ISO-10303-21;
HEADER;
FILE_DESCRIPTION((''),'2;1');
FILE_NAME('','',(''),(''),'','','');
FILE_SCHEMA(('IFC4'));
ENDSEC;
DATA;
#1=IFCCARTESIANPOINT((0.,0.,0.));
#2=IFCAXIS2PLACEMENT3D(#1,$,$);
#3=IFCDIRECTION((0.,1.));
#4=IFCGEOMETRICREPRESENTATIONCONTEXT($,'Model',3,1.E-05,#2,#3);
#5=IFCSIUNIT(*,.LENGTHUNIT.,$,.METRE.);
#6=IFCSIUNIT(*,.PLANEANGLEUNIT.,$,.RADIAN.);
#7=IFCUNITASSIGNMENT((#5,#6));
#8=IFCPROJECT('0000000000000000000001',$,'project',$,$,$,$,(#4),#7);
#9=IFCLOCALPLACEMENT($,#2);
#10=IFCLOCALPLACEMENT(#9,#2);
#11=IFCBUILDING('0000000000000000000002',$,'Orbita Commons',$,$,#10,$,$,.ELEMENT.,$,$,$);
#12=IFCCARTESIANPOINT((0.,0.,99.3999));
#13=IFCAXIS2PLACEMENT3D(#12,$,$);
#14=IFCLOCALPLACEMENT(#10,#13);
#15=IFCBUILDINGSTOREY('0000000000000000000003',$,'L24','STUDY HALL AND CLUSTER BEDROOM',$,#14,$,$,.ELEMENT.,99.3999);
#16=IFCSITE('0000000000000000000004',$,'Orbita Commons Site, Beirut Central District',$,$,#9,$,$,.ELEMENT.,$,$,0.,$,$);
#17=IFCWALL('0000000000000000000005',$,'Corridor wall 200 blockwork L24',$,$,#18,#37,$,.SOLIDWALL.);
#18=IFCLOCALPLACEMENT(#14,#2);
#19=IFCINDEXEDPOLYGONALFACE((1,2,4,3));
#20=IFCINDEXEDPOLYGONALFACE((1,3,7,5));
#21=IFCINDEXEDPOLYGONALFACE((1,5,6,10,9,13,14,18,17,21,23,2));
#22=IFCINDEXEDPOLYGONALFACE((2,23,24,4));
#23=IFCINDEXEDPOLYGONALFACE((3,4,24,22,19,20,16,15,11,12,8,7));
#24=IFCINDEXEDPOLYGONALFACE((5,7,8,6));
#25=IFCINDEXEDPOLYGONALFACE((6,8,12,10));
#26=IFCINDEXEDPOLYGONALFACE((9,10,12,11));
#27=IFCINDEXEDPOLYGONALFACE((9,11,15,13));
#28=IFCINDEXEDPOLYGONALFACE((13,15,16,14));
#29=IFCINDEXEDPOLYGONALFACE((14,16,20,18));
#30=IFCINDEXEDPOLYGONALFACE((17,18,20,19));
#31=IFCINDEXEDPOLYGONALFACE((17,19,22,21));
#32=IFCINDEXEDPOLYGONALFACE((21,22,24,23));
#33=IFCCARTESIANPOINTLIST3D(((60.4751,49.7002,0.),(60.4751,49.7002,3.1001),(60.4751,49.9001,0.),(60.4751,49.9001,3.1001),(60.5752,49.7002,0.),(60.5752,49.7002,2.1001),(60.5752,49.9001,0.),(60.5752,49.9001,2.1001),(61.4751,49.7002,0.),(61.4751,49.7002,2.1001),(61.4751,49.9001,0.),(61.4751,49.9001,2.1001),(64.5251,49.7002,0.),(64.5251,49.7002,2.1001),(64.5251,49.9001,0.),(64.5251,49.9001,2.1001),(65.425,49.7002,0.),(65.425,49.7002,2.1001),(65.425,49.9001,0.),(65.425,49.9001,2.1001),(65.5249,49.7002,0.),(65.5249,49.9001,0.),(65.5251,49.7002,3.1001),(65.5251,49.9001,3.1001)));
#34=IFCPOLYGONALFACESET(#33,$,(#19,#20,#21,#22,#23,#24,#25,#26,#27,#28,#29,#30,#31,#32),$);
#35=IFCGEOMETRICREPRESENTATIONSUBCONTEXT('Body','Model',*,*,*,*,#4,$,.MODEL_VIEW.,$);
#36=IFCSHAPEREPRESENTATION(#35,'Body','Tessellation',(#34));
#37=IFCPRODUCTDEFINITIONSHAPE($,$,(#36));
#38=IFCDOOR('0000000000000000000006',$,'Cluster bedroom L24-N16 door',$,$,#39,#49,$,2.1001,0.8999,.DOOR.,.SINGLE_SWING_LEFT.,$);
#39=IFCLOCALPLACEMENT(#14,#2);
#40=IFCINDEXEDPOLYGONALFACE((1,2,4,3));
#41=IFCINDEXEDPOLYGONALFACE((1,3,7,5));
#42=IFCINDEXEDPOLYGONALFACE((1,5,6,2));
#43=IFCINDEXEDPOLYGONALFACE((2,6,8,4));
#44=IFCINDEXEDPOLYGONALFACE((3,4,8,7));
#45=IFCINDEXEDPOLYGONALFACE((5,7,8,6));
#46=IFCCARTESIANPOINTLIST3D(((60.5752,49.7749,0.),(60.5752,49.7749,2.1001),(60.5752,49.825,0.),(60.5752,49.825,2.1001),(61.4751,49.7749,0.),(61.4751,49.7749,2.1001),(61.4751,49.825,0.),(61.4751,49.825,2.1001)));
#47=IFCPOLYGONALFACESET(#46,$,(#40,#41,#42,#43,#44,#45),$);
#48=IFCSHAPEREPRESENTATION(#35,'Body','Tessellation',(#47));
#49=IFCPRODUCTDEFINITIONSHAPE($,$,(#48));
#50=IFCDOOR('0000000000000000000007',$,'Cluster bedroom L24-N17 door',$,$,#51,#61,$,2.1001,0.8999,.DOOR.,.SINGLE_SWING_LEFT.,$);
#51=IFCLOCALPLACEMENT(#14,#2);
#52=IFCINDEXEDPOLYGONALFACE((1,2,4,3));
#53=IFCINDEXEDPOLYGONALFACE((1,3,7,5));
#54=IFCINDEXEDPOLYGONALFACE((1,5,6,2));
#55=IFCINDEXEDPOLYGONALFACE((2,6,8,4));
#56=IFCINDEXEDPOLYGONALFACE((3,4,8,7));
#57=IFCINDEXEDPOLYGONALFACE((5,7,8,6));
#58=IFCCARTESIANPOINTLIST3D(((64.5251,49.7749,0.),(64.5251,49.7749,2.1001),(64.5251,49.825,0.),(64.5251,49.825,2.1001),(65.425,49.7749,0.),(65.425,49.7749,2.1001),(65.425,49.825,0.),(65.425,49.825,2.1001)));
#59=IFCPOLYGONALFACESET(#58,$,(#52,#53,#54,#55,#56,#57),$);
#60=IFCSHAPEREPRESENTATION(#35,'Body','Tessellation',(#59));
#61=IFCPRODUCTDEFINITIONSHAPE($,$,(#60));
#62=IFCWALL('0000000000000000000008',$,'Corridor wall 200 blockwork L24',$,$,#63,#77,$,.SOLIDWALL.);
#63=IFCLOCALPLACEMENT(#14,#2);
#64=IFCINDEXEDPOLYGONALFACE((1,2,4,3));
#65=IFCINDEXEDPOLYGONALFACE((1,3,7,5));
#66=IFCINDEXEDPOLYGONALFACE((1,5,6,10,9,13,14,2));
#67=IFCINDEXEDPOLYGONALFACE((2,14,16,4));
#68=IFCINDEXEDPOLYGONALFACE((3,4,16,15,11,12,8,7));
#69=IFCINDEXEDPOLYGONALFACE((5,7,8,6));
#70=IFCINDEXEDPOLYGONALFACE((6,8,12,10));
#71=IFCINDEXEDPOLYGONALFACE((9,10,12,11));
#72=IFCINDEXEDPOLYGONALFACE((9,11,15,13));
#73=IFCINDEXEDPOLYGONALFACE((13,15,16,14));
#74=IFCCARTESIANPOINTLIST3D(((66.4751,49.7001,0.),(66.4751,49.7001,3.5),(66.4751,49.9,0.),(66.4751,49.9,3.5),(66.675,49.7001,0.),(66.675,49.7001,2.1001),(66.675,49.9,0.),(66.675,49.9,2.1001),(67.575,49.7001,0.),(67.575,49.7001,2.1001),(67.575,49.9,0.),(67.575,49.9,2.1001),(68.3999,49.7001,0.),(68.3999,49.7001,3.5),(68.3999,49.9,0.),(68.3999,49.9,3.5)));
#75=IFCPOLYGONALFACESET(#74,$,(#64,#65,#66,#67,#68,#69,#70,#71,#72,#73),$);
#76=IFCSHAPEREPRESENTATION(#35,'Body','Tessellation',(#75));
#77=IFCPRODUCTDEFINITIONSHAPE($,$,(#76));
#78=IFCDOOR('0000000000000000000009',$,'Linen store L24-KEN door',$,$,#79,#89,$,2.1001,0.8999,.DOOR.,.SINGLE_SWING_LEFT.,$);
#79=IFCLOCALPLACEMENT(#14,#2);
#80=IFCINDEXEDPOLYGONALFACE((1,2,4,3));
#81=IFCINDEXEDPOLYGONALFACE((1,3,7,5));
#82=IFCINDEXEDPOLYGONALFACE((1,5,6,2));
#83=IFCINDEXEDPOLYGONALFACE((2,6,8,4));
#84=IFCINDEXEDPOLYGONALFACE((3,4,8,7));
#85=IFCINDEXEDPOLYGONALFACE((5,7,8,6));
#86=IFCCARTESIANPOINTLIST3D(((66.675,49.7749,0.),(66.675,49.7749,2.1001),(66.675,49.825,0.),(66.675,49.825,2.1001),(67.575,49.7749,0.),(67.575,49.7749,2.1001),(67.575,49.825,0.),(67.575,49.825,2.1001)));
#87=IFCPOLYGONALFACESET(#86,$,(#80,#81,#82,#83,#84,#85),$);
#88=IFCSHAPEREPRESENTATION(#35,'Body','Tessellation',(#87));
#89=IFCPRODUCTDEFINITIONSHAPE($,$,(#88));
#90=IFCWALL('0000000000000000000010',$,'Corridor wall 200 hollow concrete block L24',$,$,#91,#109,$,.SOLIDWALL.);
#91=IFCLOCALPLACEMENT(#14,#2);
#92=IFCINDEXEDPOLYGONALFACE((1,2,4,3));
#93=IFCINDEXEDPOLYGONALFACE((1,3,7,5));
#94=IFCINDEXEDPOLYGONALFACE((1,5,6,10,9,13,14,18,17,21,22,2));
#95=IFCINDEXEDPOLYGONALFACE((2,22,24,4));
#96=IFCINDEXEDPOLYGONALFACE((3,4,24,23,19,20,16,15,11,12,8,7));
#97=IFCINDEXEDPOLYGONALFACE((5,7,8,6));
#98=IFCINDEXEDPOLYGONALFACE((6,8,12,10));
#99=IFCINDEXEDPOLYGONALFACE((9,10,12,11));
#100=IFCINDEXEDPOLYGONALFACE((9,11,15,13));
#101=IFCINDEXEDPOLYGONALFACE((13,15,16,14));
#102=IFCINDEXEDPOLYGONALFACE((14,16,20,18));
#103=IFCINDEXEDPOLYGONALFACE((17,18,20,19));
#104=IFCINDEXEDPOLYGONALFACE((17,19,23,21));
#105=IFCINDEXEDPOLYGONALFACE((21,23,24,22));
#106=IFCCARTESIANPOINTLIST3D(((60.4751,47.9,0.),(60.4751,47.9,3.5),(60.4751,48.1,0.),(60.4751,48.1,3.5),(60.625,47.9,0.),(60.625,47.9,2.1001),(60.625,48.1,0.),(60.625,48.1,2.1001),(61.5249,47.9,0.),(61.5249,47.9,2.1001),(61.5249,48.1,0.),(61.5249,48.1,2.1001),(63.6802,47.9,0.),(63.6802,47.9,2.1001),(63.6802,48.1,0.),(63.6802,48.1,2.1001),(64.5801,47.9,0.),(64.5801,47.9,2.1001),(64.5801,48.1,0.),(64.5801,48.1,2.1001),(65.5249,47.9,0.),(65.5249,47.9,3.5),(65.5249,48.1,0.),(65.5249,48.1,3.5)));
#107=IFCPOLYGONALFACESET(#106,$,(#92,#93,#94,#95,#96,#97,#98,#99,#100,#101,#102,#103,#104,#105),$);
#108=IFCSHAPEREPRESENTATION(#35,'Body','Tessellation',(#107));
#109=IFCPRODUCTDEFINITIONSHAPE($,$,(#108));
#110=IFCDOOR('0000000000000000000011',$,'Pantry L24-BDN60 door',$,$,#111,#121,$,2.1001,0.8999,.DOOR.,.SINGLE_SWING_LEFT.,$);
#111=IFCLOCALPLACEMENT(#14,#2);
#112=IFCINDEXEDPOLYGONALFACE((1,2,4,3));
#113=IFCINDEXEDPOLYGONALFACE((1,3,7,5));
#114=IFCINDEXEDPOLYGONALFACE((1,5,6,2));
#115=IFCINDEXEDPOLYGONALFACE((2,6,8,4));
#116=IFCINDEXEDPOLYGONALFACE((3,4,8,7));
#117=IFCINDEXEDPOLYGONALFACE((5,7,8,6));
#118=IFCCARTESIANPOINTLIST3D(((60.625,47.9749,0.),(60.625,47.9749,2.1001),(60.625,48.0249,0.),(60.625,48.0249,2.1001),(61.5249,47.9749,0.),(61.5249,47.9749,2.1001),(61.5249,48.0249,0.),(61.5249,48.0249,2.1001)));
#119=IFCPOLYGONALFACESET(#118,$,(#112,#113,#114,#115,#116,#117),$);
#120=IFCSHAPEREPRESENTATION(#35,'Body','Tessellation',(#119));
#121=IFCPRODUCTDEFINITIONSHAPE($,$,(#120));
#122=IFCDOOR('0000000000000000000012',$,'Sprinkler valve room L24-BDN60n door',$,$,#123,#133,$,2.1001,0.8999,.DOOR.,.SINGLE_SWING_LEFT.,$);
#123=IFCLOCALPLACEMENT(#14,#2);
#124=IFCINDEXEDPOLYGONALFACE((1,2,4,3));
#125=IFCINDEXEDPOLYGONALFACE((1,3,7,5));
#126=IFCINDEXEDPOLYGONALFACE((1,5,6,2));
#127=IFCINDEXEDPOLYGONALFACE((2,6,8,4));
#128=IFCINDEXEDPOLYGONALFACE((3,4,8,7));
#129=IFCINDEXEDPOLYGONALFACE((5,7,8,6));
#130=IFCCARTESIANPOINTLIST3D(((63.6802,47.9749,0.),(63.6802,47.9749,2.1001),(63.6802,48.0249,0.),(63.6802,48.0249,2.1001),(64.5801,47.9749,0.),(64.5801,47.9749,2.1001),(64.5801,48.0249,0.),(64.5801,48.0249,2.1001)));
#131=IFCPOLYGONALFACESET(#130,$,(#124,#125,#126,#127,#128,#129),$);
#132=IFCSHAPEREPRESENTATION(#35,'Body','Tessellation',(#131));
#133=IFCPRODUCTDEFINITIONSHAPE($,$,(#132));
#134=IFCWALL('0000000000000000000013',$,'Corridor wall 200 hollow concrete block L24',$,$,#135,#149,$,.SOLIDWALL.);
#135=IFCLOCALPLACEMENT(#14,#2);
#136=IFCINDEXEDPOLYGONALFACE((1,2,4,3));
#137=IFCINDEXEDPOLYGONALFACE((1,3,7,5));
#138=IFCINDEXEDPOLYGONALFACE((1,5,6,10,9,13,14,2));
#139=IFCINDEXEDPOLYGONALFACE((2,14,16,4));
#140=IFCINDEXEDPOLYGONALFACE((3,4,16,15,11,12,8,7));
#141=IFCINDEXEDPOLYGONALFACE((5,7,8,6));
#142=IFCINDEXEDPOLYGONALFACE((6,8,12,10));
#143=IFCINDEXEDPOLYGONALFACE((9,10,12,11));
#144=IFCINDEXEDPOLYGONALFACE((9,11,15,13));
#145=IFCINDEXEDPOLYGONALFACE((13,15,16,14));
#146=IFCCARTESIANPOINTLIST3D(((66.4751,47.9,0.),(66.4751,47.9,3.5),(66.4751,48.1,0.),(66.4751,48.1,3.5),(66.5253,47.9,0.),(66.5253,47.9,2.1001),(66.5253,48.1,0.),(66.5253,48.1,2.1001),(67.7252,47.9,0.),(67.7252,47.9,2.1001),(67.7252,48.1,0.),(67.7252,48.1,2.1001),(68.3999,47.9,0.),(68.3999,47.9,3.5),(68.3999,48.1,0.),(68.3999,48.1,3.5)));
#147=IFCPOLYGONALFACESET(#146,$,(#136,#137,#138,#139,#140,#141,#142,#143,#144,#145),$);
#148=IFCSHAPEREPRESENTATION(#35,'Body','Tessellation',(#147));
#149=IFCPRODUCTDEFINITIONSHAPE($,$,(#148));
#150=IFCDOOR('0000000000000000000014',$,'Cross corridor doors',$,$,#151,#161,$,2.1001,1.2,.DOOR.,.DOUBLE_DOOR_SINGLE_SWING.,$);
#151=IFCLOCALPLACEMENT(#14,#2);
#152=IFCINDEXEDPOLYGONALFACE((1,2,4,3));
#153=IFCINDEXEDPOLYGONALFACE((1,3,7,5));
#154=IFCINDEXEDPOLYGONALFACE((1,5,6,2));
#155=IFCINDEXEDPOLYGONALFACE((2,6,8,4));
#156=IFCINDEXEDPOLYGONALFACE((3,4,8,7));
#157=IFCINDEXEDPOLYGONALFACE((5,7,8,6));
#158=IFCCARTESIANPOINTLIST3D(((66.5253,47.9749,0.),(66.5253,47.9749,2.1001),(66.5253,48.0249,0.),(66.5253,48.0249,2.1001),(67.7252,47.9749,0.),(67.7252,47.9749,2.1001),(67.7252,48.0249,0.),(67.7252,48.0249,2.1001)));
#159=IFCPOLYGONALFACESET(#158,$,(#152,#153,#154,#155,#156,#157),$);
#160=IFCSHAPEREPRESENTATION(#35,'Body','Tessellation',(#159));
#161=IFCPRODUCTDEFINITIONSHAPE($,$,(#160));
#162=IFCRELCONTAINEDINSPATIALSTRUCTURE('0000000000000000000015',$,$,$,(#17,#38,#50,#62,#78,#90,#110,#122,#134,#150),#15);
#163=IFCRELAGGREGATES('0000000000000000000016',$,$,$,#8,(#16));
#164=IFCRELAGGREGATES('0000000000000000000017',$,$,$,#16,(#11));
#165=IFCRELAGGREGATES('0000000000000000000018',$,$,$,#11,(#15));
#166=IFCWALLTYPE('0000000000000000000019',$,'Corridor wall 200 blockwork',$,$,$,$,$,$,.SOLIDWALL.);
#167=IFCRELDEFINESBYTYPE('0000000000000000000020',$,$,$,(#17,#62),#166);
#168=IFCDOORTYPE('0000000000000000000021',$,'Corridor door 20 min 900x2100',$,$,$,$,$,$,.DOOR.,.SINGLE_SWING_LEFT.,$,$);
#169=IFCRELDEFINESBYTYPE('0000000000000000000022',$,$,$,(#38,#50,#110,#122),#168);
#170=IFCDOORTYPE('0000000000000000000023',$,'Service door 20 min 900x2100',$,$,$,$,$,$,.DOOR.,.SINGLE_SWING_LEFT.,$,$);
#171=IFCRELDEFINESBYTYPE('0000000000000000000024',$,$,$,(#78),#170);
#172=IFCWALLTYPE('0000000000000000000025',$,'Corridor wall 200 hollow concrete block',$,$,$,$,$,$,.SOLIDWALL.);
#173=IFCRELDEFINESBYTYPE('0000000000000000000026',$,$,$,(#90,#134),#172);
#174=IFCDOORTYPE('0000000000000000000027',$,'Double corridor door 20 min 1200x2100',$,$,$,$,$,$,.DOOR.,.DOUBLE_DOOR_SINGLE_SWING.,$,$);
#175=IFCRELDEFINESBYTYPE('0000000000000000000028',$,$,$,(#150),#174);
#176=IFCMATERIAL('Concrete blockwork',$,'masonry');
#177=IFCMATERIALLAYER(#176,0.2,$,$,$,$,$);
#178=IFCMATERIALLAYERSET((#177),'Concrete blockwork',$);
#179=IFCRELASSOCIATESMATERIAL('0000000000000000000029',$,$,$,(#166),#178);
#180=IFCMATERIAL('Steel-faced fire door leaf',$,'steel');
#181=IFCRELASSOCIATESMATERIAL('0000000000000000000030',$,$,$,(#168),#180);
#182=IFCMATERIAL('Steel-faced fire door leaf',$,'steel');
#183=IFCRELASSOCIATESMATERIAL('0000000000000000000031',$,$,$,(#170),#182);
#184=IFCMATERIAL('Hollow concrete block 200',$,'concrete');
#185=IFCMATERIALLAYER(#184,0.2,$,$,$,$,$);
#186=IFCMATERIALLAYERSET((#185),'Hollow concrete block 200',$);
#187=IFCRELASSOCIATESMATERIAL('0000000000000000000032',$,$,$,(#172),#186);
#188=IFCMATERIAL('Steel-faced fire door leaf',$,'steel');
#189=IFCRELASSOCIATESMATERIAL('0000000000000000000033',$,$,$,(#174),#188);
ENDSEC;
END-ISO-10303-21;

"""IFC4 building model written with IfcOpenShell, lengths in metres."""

from ifc_helpers import new_model, si_unit, direction, frame, frame_2d, origin, place, context, subcontext, project, spatial, polyline, rectangle, outline, extrude, material, layer, layer_set, type_object, element, fill, save


model = new_model("IFC4")

# Units and contexts
model_context = context("Model", 3, precision=1e-05, world=origin(), true_north=direction((0.0, 1.0)))
body_context = subcontext(model_context, "Body", "Model", "MODEL_VIEW")
ifc_project = project(units=[si_unit("LENGTHUNIT", "METRE"), si_unit("PLANEANGLEUNIT", "RADIAN")], contexts=[model_context])

# Site, building, storey
site_placement = place(None, origin())
site = spatial("IfcSite", under=ifc_project, at=site_placement, Name="Orbita Commons Site, Beirut Central District", CompositionType="ELEMENT", RefElevation=0.0)
building_placement = place(site_placement, origin())
building = spatial("IfcBuilding", under=site, at=building_placement, Name="Orbita Commons", CompositionType="ELEMENT")
storey_placement = place(building_placement, frame((0.0, 0.0, 99.3999)))
storey = spatial("IfcBuildingStorey", under=building, at=storey_placement, Name="L24", Description="STUDY HALL AND CLUSTER BEDROOM", CompositionType="ELEMENT", Elevation=99.3999)

# Wall, openings, doors
ifc_material_1 = material(Name="Concrete blockwork", Category="masonry")
ifc_layer_1 = layer(ifc_material_1, 0.2)
ifc_layer_set_1 = layer_set([ifc_layer_1], Name="Concrete blockwork")
wall_type_1 = type_object("IfcWallType", Name="Corridor wall 200 blockwork", PredefinedType="SOLIDWALL", material=ifc_layer_set_1)
ifc_material_2 = material(Name="Steel-faced fire door leaf", Category="steel")
door_type_1 = type_object("IfcDoorType", Name="Corridor door 20 min 900x2100", OperationType="SINGLE_SWING_LEFT", PredefinedType="DOOR", material=ifc_material_2)
wall_1_placement = place(storey_placement, frame((60.4751, 49.8, 0.0), z_axis=(0.0, 0.0, 1.0), x_axis=(1.0, 0.0, 0.0)))
wall_1 = element("IfcWall", 1, at=wall_1_placement, inside=storey, type_object=wall_type_1, Name="Corridor wall 200 blockwork L24", PredefinedType="SOLIDWALL", context=body_context, shape_type="SweptSolid", body=[
    extrude(outline(polyline([(0.0, 0.0), (5.0498, 0.0), (5.05, 3.1001), (0.0, 3.1001), (0.0, 0.0)])), frame((0.0, 0.1001, 0.0), z_axis=(0.0, -1.0, 0.0), x_axis=(1.0, 0.0, 0.0)), (0.0, 0.0, 1.0), 0.2),
])
opening_1_placement = place(wall_1_placement, frame((0.1001, 0.0, 0.0)))
opening_1 = element("IfcOpeningElement", 2, at=opening_1_placement, cuts=wall_1, PredefinedType="OPENING", context=body_context, shape_type="SweptSolid", body=[
    extrude(rectangle(XDim=0.8999, YDim=2.1001, at=frame_2d((0.45, 1.05))), frame((0.0, 0.1099, 0.0), z_axis=(0.0, -1.0, 0.0), x_axis=(1.0, 0.0, 0.0)), (0.0, 0.0, 1.0), 0.22),
])
opening_2_placement = place(wall_1_placement, frame((4.05, 0.0, 0.0)))
opening_2 = element("IfcOpeningElement", 3, at=opening_2_placement, cuts=wall_1, PredefinedType="OPENING", context=body_context, shape_type="SweptSolid", body=[
    extrude(rectangle(XDim=0.8999, YDim=2.1001, at=frame_2d((0.45, 1.05))), frame((0.0, 0.1099, 0.0), z_axis=(0.0, -1.0, 0.0), x_axis=(1.0, 0.0, 0.0)), (0.0, 0.0, 1.0), 0.22),
])
door_1_placement = place(opening_1_placement, origin())
door_1 = element("IfcDoor", 4, at=door_1_placement, inside=storey, type_object=door_type_1, Name="Cluster bedroom L24-N16 door", OperationType="SINGLE_SWING_LEFT", OverallHeight=2.1001, OverallWidth=0.8999, PredefinedType="DOOR", context=body_context, shape_type="SweptSolid", body=[
    extrude(rectangle(XDim=0.8999, YDim=2.1001, at=frame_2d((0.45, 1.05))), frame((0.0, 0.0249, 0.0), z_axis=(0.0, -1.0, 0.0), x_axis=(1.0, 0.0, 0.0)), (0.0, 0.0, 1.0), 0.05),
])
fill(opening_1, door_1)
door_2_placement = place(opening_2_placement, origin())
door_2 = element("IfcDoor", 5, at=door_2_placement, inside=storey, type_object=door_type_1, Name="Cluster bedroom L24-N17 door", OperationType="SINGLE_SWING_LEFT", OverallHeight=2.1001, OverallWidth=0.8999, PredefinedType="DOOR", context=body_context, shape_type="SweptSolid", body=[
    extrude(rectangle(XDim=0.8999, YDim=2.1001, at=frame_2d((0.45, 1.05))), frame((0.0, 0.0249, 0.0), z_axis=(0.0, -1.0, 0.0), x_axis=(1.0, 0.0, 0.0)), (0.0, 0.0, 1.0), 0.05),
])
fill(opening_2, door_2)

# Wall, opening, door
wall_2_placement = place(storey_placement, frame((66.4751, 49.8, 0.0), z_axis=(0.0, 0.0, 1.0), x_axis=(1.0, 0.0, 0.0)))
wall_2 = element("IfcWall", 6, at=wall_2_placement, inside=storey, type_object=wall_type_1, Name="Corridor wall 200 blockwork L24", PredefinedType="SOLIDWALL", context=body_context, shape_type="SweptSolid", body=[
    extrude(rectangle(XDim=1.9248, YDim=0.2, at=frame_2d((0.9624, 0.0))), origin(), (0.0, 0.0, 1.0), 3.5),
])
opening_3_placement = place(wall_2_placement, frame((0.2, 0.0, 0.0)))
opening_3 = element("IfcOpeningElement", 7, at=opening_3_placement, cuts=wall_2, PredefinedType="OPENING", context=body_context, shape_type="SweptSolid", body=[
    extrude(rectangle(XDim=0.8999, YDim=2.1001, at=frame_2d((0.45, 1.05))), frame((0.0, 0.1099, 0.0), z_axis=(0.0, -1.0, 0.0), x_axis=(1.0, 0.0, 0.0)), (0.0, 0.0, 1.0), 0.22),
])
ifc_material_3 = material(Name="Steel-faced fire door leaf", Category="steel")
door_type_2 = type_object("IfcDoorType", Name="Service door 20 min 900x2100", OperationType="SINGLE_SWING_LEFT", PredefinedType="DOOR", material=ifc_material_3)
door_3_placement = place(opening_3_placement, origin())
door_3 = element("IfcDoor", 8, at=door_3_placement, inside=storey, type_object=door_type_2, Name="Linen store L24-KEN door", OperationType="SINGLE_SWING_LEFT", OverallHeight=2.1001, OverallWidth=0.8999, PredefinedType="DOOR", context=body_context, shape_type="SweptSolid", body=[
    extrude(rectangle(XDim=0.8999, YDim=2.1001, at=frame_2d((0.45, 1.05))), frame((0.0, 0.0249, 0.0), z_axis=(0.0, -1.0, 0.0), x_axis=(1.0, 0.0, 0.0)), (0.0, 0.0, 1.0), 0.05),
])
fill(opening_3, door_3)

# Wall, openings, doors
ifc_material_4 = material(Name="Hollow concrete block 200", Category="concrete")
ifc_layer_2 = layer(ifc_material_4, 0.2)
ifc_layer_set_2 = layer_set([ifc_layer_2], Name="Hollow concrete block 200")
wall_type_2 = type_object("IfcWallType", Name="Corridor wall 200 hollow concrete block", PredefinedType="SOLIDWALL", material=ifc_layer_set_2)
wall_3_placement = place(storey_placement, frame((60.4751, 48.0, 0.0), z_axis=(0.0, 0.0, 1.0), x_axis=(1.0, 0.0, 0.0)))
wall_3 = element("IfcWall", 9, at=wall_3_placement, inside=storey, type_object=wall_type_2, Name="Corridor wall 200 hollow concrete block L24", PredefinedType="SOLIDWALL", context=body_context, shape_type="SweptSolid", body=[
    extrude(rectangle(XDim=5.0498, YDim=0.2, at=frame_2d((2.5249, 0.0))), origin(), (0.0, 0.0, 1.0), 3.5),
])
opening_4_placement = place(wall_3_placement, frame((0.1499, 0.0, 0.0)))
opening_4 = element("IfcOpeningElement", 10, at=opening_4_placement, cuts=wall_3, PredefinedType="OPENING", context=body_context, shape_type="SweptSolid", body=[
    extrude(rectangle(XDim=0.8999, YDim=2.1001, at=frame_2d((0.45, 1.05))), frame((0.0, 0.1099, 0.0), z_axis=(0.0, -1.0, 0.0), x_axis=(1.0, 0.0, 0.0)), (0.0, 0.0, 1.0), 0.22),
])
opening_5_placement = place(wall_3_placement, frame((3.2051, 0.0, 0.0)))
opening_5 = element("IfcOpeningElement", 11, at=opening_5_placement, cuts=wall_3, PredefinedType="OPENING", context=body_context, shape_type="SweptSolid", body=[
    extrude(rectangle(XDim=0.8999, YDim=2.1001, at=frame_2d((0.45, 1.05))), frame((0.0, 0.1099, 0.0), z_axis=(0.0, -1.0, 0.0), x_axis=(1.0, 0.0, 0.0)), (0.0, 0.0, 1.0), 0.22),
])
door_4_placement = place(opening_4_placement, origin())
door_4 = element("IfcDoor", 12, at=door_4_placement, inside=storey, type_object=door_type_1, Name="Pantry L24-BDN60 door", OperationType="SINGLE_SWING_LEFT", OverallHeight=2.1001, OverallWidth=0.8999, PredefinedType="DOOR", context=body_context, shape_type="SweptSolid", body=[
    extrude(rectangle(XDim=0.8999, YDim=2.1001, at=frame_2d((0.45, 1.05))), frame((0.0, 0.0249, 0.0), z_axis=(0.0, -1.0, 0.0), x_axis=(1.0, 0.0, 0.0)), (0.0, 0.0, 1.0), 0.05),
])
fill(opening_4, door_4)
door_5_placement = place(opening_5_placement, origin())
door_5 = element("IfcDoor", 13, at=door_5_placement, inside=storey, type_object=door_type_1, Name="Sprinkler valve room L24-BDN60n door", OperationType="SINGLE_SWING_LEFT", OverallHeight=2.1001, OverallWidth=0.8999, PredefinedType="DOOR", context=body_context, shape_type="SweptSolid", body=[
    extrude(rectangle(XDim=0.8999, YDim=2.1001, at=frame_2d((0.45, 1.05))), frame((0.0, 0.0249, 0.0), z_axis=(0.0, -1.0, 0.0), x_axis=(1.0, 0.0, 0.0)), (0.0, 0.0, 1.0), 0.05),
])
fill(opening_5, door_5)

# Wall, opening, door
wall_4_placement = place(storey_placement, frame((66.4751, 48.0, 0.0), z_axis=(0.0, 0.0, 1.0), x_axis=(1.0, 0.0, 0.0)))
wall_4 = element("IfcWall", 14, at=wall_4_placement, inside=storey, type_object=wall_type_2, Name="Corridor wall 200 hollow concrete block L24", PredefinedType="SOLIDWALL", context=body_context, shape_type="SweptSolid", body=[
    extrude(rectangle(XDim=1.9248, YDim=0.2, at=frame_2d((0.9624, 0.0))), origin(), (0.0, 0.0, 1.0), 3.5),
])
opening_6_placement = place(wall_4_placement, frame((0.05, 0.0, 0.0)))
opening_6 = element("IfcOpeningElement", 15, at=opening_6_placement, cuts=wall_4, PredefinedType="OPENING", context=body_context, shape_type="SweptSolid", body=[
    extrude(rectangle(XDim=1.2, YDim=2.1001, at=frame_2d((0.6001, 1.05))), frame((0.0, 0.1099, 0.0), z_axis=(0.0, -1.0, 0.0), x_axis=(1.0, 0.0, 0.0)), (0.0, 0.0, 1.0), 0.22),
])
ifc_material_5 = material(Name="Steel-faced fire door leaf", Category="steel")
door_type_3 = type_object("IfcDoorType", Name="Double corridor door 20 min 1200x2100", OperationType="DOUBLE_DOOR_SINGLE_SWING", PredefinedType="DOOR", material=ifc_material_5)
door_6_placement = place(opening_6_placement, origin())
door_6 = element("IfcDoor", 16, at=door_6_placement, inside=storey, type_object=door_type_3, Name="Cross corridor doors", OperationType="DOUBLE_DOOR_SINGLE_SWING", OverallHeight=2.1001, OverallWidth=1.2, PredefinedType="DOOR", context=body_context, shape_type="SweptSolid", body=[
    extrude(rectangle(XDim=1.2, YDim=2.1001, at=frame_2d((0.6001, 1.05))), frame((0.0, 0.0249, 0.0), z_axis=(0.0, -1.0, 0.0), x_axis=(1.0, 0.0, 0.0)), (0.0, 0.0, 1.0), 0.05),
])
fill(opening_6, door_6)

save(model, "model.ifc")
